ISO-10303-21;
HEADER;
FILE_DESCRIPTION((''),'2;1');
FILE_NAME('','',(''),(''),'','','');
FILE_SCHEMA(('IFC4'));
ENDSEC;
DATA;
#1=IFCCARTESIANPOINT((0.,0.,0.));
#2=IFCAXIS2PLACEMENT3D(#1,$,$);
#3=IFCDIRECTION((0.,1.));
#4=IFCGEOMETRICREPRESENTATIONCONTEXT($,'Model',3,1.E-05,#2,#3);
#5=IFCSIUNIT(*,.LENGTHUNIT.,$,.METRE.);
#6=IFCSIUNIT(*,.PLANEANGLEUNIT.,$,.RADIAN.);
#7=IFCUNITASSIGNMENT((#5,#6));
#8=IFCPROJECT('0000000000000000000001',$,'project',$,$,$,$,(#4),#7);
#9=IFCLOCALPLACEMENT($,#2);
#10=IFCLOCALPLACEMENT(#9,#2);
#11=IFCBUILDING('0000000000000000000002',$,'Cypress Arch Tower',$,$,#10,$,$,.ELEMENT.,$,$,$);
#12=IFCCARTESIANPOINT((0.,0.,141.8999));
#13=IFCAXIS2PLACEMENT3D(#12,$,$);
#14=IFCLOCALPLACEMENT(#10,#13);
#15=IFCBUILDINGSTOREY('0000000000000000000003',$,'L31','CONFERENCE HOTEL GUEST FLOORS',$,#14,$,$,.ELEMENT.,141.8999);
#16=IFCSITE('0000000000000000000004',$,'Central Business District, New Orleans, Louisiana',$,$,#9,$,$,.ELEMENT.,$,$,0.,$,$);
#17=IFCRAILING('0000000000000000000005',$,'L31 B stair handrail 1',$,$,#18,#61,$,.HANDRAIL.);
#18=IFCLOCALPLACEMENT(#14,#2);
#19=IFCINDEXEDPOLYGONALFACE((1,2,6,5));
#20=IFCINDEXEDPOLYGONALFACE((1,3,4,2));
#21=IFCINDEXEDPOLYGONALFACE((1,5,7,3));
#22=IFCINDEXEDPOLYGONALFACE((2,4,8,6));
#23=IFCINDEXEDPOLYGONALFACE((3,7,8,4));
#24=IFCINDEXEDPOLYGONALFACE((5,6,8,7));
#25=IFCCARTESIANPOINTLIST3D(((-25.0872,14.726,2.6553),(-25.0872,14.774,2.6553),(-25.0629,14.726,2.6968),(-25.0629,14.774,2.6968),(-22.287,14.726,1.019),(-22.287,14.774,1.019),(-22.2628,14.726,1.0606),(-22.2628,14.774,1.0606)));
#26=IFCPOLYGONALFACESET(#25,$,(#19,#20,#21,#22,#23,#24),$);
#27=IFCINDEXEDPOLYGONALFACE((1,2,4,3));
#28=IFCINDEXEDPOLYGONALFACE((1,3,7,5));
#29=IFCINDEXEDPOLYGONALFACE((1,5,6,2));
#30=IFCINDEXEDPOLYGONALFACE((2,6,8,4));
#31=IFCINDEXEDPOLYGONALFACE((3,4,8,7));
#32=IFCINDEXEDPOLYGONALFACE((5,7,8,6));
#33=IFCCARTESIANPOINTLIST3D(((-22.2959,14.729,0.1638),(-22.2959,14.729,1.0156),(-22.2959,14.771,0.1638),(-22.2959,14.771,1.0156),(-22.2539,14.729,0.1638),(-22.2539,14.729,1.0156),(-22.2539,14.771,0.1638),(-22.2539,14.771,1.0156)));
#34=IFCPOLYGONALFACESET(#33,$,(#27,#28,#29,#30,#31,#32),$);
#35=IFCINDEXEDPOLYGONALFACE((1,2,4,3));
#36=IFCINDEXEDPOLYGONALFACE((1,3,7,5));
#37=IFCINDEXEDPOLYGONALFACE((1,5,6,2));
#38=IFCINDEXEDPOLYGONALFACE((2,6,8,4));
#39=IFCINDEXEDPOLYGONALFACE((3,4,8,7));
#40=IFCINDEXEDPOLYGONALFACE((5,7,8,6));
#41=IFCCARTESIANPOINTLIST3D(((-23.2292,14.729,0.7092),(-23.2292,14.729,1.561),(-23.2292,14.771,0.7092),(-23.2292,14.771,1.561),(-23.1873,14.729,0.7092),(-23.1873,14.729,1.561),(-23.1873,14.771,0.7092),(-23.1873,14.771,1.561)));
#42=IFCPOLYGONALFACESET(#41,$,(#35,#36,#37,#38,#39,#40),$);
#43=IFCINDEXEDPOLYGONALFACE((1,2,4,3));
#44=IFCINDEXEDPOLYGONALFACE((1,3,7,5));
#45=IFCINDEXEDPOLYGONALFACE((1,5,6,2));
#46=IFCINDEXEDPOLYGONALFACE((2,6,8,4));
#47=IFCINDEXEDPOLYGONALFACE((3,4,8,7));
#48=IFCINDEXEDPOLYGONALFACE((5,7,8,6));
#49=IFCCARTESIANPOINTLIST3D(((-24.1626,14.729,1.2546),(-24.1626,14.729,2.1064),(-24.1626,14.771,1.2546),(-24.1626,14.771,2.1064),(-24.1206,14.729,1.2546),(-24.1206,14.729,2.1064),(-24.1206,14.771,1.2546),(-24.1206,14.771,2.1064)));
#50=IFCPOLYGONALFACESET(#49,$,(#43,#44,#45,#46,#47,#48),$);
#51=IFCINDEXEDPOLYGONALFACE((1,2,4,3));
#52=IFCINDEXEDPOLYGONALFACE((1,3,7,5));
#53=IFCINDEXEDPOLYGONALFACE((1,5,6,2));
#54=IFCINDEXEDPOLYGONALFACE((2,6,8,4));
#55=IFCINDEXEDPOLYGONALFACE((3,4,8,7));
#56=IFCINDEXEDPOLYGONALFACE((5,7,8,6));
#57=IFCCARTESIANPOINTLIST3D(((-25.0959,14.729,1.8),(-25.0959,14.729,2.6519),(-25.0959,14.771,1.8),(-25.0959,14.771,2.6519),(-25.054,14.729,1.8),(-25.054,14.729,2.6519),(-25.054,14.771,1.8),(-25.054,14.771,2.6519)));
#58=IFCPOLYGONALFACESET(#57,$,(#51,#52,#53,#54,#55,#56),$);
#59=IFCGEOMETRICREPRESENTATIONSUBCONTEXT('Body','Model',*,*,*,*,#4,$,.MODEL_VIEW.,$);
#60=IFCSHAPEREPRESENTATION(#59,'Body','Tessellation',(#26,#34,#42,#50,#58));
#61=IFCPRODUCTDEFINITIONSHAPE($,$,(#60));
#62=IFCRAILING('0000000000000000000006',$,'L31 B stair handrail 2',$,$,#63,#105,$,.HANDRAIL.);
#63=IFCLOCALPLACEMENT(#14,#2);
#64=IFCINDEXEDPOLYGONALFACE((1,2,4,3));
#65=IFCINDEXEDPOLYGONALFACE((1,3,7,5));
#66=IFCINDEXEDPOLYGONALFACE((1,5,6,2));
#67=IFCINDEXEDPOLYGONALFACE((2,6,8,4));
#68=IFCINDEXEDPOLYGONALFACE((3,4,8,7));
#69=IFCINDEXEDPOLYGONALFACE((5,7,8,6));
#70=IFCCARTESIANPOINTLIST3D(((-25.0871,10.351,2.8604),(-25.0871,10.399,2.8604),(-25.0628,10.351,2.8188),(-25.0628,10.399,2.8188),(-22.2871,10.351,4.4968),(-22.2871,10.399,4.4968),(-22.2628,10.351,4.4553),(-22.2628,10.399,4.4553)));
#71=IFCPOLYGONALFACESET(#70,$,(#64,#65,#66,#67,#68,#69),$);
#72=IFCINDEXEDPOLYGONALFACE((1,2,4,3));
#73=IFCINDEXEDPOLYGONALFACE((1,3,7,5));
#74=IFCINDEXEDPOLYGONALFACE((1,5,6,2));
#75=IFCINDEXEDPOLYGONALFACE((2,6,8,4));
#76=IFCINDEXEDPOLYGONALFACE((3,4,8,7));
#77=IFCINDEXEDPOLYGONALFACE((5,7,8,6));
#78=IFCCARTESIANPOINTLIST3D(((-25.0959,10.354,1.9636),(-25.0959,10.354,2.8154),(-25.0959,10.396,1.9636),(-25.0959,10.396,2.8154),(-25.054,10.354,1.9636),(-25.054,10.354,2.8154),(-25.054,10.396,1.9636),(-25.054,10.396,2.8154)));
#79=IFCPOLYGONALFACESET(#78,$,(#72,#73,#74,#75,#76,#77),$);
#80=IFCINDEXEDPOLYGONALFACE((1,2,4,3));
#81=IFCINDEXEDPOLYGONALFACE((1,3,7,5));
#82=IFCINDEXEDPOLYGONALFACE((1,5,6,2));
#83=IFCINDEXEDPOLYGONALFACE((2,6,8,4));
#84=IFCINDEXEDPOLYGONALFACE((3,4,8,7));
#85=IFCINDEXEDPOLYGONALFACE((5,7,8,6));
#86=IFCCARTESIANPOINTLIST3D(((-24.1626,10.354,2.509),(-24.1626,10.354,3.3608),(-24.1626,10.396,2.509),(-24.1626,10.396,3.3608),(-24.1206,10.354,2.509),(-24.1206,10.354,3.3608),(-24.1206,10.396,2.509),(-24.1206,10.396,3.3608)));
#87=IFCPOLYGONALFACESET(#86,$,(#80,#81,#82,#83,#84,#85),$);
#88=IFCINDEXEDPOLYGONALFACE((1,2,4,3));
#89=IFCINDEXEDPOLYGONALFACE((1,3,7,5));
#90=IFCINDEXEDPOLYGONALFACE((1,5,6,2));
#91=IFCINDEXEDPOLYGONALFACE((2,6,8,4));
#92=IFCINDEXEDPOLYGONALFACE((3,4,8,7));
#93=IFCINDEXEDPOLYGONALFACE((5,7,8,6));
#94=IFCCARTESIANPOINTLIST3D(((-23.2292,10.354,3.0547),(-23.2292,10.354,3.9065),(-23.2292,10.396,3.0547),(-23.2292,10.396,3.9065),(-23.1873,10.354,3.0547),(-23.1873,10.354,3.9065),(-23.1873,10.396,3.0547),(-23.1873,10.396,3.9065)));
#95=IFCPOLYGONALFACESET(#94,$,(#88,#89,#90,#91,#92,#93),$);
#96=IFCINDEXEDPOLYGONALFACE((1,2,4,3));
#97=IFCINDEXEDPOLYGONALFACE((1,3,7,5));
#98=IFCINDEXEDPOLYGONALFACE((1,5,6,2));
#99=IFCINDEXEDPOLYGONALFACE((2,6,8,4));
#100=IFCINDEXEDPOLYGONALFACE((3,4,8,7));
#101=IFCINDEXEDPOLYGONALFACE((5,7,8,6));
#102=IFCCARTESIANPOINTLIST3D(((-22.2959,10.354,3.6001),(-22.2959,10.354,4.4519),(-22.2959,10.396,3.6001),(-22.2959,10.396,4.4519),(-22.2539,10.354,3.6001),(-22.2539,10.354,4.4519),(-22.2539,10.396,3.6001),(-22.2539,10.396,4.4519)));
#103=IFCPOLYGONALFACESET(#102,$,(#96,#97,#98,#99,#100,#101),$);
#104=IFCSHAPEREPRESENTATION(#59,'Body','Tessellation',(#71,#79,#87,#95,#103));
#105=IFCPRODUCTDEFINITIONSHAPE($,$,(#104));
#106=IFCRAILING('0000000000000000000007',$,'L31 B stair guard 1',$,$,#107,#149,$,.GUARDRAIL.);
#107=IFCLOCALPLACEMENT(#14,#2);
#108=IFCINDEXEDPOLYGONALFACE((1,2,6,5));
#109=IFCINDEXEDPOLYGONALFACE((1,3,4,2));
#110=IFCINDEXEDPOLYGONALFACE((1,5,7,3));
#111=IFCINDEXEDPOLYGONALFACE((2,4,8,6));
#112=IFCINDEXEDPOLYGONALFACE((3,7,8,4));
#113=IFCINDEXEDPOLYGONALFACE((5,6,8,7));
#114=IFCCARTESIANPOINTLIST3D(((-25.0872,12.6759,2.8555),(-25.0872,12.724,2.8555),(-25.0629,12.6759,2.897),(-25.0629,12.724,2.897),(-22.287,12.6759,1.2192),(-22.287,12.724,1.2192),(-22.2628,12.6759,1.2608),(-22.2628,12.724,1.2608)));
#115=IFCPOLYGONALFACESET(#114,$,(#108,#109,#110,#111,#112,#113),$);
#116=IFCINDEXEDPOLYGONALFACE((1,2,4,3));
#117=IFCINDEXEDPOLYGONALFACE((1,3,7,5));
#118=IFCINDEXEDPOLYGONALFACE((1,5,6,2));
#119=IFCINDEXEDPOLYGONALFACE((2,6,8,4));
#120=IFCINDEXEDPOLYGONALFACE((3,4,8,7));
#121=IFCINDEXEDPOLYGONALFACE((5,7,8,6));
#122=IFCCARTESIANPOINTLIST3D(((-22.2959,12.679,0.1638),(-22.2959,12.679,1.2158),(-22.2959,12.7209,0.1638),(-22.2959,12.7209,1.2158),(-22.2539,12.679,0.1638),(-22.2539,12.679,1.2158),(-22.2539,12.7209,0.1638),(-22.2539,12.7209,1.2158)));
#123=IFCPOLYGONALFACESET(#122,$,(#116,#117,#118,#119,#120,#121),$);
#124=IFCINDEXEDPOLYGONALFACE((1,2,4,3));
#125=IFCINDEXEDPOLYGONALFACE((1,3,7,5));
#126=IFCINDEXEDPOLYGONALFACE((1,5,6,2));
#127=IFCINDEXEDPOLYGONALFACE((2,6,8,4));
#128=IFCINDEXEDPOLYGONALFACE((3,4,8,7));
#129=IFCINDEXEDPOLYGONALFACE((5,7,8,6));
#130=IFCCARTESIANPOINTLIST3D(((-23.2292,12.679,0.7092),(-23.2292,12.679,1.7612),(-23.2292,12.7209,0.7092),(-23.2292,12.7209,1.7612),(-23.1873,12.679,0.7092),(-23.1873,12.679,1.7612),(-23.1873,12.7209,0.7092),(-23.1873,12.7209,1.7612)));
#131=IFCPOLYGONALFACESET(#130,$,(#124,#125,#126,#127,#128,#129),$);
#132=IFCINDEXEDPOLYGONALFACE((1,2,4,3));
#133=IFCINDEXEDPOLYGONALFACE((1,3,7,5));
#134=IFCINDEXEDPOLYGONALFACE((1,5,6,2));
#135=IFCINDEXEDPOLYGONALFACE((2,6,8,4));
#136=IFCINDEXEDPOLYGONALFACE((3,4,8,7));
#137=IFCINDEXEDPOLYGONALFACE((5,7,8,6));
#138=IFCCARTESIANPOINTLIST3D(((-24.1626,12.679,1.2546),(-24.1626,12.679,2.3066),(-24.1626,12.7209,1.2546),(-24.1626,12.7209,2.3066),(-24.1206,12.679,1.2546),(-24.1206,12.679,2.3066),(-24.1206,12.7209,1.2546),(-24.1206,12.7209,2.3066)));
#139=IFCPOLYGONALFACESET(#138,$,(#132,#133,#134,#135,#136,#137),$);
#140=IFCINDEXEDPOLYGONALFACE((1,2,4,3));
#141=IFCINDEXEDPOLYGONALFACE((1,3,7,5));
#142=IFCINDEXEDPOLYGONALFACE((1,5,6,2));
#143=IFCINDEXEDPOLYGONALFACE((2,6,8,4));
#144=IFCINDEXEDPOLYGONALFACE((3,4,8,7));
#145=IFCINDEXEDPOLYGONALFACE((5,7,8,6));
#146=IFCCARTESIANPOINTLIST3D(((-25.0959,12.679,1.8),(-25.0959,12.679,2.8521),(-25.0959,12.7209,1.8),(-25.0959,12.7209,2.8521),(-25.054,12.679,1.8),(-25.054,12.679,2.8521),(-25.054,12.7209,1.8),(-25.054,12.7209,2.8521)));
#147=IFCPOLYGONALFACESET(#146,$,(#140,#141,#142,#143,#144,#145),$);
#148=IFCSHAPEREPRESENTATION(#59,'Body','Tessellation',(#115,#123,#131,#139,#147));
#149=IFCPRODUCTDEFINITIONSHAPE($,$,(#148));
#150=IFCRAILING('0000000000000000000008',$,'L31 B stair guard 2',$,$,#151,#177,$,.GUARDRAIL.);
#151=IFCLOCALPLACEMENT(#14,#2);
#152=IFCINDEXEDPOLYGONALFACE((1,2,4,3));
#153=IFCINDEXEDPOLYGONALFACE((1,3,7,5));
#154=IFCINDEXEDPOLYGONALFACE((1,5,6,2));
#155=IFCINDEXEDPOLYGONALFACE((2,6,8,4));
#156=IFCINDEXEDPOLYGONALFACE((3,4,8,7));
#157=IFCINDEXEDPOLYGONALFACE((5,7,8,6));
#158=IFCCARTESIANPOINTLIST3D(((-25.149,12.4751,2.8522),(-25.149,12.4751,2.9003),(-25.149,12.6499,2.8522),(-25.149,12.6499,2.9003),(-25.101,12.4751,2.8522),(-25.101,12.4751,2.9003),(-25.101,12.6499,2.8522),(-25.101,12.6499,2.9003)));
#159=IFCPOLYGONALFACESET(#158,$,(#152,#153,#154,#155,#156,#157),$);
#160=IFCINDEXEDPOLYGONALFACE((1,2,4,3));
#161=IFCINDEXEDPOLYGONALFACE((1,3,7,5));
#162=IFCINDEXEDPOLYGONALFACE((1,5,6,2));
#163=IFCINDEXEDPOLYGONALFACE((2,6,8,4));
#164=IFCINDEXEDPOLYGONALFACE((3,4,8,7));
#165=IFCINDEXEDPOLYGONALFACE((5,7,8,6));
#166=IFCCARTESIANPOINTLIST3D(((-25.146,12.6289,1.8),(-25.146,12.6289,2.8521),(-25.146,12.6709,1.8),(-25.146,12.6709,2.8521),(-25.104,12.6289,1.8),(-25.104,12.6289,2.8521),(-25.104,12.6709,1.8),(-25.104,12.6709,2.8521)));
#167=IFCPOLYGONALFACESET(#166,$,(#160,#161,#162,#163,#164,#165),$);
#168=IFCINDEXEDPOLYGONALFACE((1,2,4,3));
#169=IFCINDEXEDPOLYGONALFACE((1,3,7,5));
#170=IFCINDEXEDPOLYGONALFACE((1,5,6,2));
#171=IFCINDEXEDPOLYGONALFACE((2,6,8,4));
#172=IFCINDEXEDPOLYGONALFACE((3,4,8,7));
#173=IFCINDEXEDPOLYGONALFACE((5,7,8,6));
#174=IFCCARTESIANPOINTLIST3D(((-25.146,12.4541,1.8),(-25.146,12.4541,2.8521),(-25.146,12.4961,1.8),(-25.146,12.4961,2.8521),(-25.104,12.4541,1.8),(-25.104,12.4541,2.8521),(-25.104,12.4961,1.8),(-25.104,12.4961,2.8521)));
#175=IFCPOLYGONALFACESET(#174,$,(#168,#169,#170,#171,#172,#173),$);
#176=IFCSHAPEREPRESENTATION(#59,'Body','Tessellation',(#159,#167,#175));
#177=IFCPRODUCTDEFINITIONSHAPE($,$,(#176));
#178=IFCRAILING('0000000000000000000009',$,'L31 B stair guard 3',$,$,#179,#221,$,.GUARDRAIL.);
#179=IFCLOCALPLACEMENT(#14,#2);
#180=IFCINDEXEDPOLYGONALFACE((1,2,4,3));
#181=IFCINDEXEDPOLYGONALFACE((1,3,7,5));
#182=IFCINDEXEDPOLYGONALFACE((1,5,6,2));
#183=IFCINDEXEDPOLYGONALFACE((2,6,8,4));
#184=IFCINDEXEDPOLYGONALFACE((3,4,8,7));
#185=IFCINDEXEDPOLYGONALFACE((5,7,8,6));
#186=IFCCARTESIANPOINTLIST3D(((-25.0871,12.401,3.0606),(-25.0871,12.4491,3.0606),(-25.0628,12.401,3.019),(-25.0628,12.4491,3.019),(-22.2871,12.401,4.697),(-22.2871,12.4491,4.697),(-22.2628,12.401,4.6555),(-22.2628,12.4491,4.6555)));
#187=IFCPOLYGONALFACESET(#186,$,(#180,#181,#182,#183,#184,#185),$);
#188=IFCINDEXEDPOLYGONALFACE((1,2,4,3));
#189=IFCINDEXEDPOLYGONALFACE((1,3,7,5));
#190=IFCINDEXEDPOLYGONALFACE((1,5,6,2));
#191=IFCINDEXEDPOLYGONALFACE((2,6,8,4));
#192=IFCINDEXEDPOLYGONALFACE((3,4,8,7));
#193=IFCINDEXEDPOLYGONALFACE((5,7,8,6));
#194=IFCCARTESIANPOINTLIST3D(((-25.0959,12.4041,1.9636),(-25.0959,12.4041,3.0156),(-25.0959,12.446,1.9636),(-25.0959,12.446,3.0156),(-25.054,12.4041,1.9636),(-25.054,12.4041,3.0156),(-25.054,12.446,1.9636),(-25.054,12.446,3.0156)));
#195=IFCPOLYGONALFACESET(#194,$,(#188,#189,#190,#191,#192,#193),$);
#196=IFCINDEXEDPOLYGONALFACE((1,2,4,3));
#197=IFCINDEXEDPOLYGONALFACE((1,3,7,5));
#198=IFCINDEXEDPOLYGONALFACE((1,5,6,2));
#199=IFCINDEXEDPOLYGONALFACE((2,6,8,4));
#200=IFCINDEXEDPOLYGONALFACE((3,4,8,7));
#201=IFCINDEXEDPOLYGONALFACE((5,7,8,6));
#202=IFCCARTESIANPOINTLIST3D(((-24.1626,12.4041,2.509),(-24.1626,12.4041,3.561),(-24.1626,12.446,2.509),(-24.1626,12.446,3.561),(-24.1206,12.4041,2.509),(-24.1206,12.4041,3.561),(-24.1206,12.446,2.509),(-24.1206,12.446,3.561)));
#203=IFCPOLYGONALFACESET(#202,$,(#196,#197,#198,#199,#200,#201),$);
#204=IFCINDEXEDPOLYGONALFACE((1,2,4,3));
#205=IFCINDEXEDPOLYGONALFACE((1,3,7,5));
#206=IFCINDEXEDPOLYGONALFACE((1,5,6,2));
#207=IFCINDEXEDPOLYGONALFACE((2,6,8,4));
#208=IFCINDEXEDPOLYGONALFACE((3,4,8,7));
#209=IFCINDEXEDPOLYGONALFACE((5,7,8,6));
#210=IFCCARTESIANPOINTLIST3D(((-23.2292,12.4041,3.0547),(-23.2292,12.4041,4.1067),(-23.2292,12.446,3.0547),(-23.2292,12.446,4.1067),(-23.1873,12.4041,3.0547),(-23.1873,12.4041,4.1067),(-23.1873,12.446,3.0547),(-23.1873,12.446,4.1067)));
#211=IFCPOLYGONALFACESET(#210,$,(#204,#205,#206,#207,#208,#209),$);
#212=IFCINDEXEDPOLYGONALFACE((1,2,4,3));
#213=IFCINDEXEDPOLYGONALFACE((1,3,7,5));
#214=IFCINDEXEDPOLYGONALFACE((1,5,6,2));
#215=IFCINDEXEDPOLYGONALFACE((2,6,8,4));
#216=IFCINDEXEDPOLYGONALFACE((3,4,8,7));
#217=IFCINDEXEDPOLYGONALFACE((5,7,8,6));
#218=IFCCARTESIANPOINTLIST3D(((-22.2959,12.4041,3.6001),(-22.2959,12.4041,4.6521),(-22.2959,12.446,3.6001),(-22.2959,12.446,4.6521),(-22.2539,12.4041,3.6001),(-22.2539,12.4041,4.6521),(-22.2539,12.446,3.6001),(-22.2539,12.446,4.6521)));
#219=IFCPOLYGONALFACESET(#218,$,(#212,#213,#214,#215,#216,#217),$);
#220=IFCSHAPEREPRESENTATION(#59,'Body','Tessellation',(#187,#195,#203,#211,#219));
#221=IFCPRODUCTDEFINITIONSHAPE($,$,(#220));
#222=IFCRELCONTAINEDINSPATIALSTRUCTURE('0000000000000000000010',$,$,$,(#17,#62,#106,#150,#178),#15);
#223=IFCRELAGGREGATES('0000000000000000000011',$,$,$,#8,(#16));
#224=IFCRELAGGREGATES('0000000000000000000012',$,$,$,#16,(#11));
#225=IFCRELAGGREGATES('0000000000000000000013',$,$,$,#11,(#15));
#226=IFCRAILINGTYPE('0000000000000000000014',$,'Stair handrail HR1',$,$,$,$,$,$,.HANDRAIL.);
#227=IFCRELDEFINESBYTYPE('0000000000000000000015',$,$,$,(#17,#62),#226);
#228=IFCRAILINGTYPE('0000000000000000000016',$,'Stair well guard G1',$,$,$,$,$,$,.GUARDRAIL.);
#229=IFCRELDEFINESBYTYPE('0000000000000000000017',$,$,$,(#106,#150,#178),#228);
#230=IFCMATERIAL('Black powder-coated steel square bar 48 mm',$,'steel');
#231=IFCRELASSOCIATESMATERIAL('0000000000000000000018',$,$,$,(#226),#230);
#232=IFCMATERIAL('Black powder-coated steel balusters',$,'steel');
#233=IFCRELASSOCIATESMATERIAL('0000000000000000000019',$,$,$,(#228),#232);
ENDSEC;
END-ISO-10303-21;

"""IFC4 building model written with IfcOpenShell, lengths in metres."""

from ifc_helpers import new_model, si_unit, direction, frame, origin, origin_2d, place, context, subcontext, project, spatial, rectangle, extrude, material, type_object, element, save


model = new_model("IFC4")

# Units and contexts
model_context = context("Model", 3, precision=1e-05, world=origin(), true_north=direction((0.0, 1.0)))
body_context = subcontext(model_context, "Body", "Model", "MODEL_VIEW")
ifc_project = project(units=[si_unit("LENGTHUNIT", "METRE"), si_unit("PLANEANGLEUNIT", "RADIAN")], contexts=[model_context])

# Site, building, storey
site_placement = place(None, origin())
site = spatial("IfcSite", under=ifc_project, at=site_placement, Name="Central Business District, New Orleans, Louisiana", CompositionType="ELEMENT", RefElevation=0.0)
building_placement = place(site_placement, origin())
building = spatial("IfcBuilding", under=site, at=building_placement, Name="Cypress Arch Tower", CompositionType="ELEMENT")
storey_placement = place(building_placement, frame((0.0, 0.0, 141.8999)))
storey = spatial("IfcBuildingStorey", under=building, at=storey_placement, Name="L31", Description="CONFERENCE HOTEL GUEST FLOORS", CompositionType="ELEMENT", Elevation=141.8999)

# Railings
ifc_material_1 = material(Name="Black powder-coated steel square bar 48 mm", Category="steel")
railing_type_1 = type_object("IfcRailingType", Name="Stair handrail HR1", PredefinedType="HANDRAIL", material=ifc_material_1)
railing_1_placement = place(storey_placement, frame((-22.2749, 14.75, 0.1638)))
element("IfcRailing", 1, at=railing_1_placement, inside=storey, type_object=railing_type_1, Name="L31 B stair handrail 1", PredefinedType="HANDRAIL", context=body_context, shape_type="SweptSolid", body=[
    extrude(rectangle(XDim=0.0481, YDim=0.0481, at=origin_2d()), frame((0.0, 0.0, 0.876), z_axis=(-0.863394, 0.0, 0.504531), x_axis=(0.0, -1.0, 0.0)), (0.0, 0.0, 1.0), 3.2432),
    extrude(rectangle(XDim=0.042, YDim=0.042, at=origin_2d()), origin(), (0.0, 0.0, 1.0), 0.8518),
    extrude(rectangle(XDim=0.042, YDim=0.042, at=origin_2d()), frame((-0.9333, 0.0, 0.5454)), (0.0, 0.0, 1.0), 0.8518),
    extrude(rectangle(XDim=0.042, YDim=0.042, at=origin_2d()), frame((-1.8667, 0.0, 1.0908)), (0.0, 0.0, 1.0), 0.8518),
    extrude(rectangle(XDim=0.042, YDim=0.042, at=origin_2d()), frame((-2.8, 0.0, 1.6362)), (0.0, 0.0, 1.0), 0.8518),
])
railing_2_placement = place(storey_placement, frame((-25.075, 10.375, 1.9636)))
element("IfcRailing", 2, at=railing_2_placement, inside=storey, type_object=railing_type_1, Name="L31 B stair handrail 2", PredefinedType="HANDRAIL", context=body_context, shape_type="SweptSolid", body=[
    extrude(rectangle(XDim=0.0481, YDim=0.0481, at=origin_2d()), frame((0.0, 0.0, 0.876), z_axis=(0.863361, 0.0, 0.504587), x_axis=(0.0, 1.0, 0.0)), (0.0, 0.0, 1.0), 3.2432),
    extrude(rectangle(XDim=0.042, YDim=0.042, at=origin_2d()), origin(), (0.0, 0.0, 1.0), 0.8518),
    extrude(rectangle(XDim=0.042, YDim=0.042, at=origin_2d()), frame((0.9333, 0.0, 0.5454)), (0.0, 0.0, 1.0), 0.8518),
    extrude(rectangle(XDim=0.042, YDim=0.042, at=origin_2d()), frame((1.8667, 0.0, 1.0911)), (0.0, 0.0, 1.0), 0.8518),
    extrude(rectangle(XDim=0.042, YDim=0.042, at=origin_2d()), frame((2.8, 0.0, 1.6365)), (0.0, 0.0, 1.0), 0.8518),
])
ifc_material_2 = material(Name="Black powder-coated steel balusters", Category="steel")
railing_type_2 = type_object("IfcRailingType", Name="Stair well guard G1", PredefinedType="GUARDRAIL", material=ifc_material_2)
railing_3_placement = place(storey_placement, frame((-22.2749, 12.7, 0.1638)))
element("IfcRailing", 3, at=railing_3_placement, inside=storey, type_object=railing_type_2, Name="L31 B stair guard 1", PredefinedType="GUARDRAIL", context=body_context, shape_type="SweptSolid", body=[
    extrude(rectangle(XDim=0.0481, YDim=0.0481, at=origin_2d()), frame((0.0, 0.0, 1.0762), z_axis=(-0.863394, 0.0, 0.504531), x_axis=(0.0, -1.0, 0.0)), (0.0, 0.0, 1.0), 3.2432),
    extrude(rectangle(XDim=0.042, YDim=0.042, at=origin_2d()), origin(), (0.0, 0.0, 1.0), 1.052),
    extrude(rectangle(XDim=0.042, YDim=0.042, at=origin_2d()), frame((-0.9333, 0.0, 0.5454)), (0.0, 0.0, 1.0), 1.052),
    extrude(rectangle(XDim=0.042, YDim=0.042, at=origin_2d()), frame((-1.8667, 0.0, 1.0908)), (0.0, 0.0, 1.0), 1.052),
    extrude(rectangle(XDim=0.042, YDim=0.042, at=origin_2d()), frame((-2.8, 0.0, 1.6362)), (0.0, 0.0, 1.0), 1.052),
])
railing_4_placement = place(storey_placement, frame((-25.125, 12.6499, 1.8)))
element("IfcRailing", 4, at=railing_4_placement, inside=storey, type_object=railing_type_2, Name="L31 B stair guard 2", PredefinedType="GUARDRAIL", context=body_context, shape_type="SweptSolid", body=[
    extrude(rectangle(XDim=0.0481, YDim=0.0481, at=origin_2d()), frame((0.0, 0.0, 1.0762), z_axis=(0.0, -1.0, 0.0), x_axis=(1.0, 0.0, 0.0)), (0.0, 0.0, 1.0), 0.1748),
    extrude(rectangle(XDim=0.042, YDim=0.042, at=origin_2d()), origin(), (0.0, 0.0, 1.0), 1.052),
    extrude(rectangle(XDim=0.042, YDim=0.042, at=origin_2d()), frame((0.0, -0.1748, 0.0)), (0.0, 0.0, 1.0), 1.052),
])
railing_5_placement = place(storey_placement, frame((-25.075, 12.425, 1.9636)))
element("IfcRailing", 5, at=railing_5_placement, inside=storey, type_object=railing_type_2, Name="L31 B stair guard 3", PredefinedType="GUARDRAIL", context=body_context, shape_type="SweptSolid", body=[
    extrude(rectangle(XDim=0.0481, YDim=0.0481, at=origin_2d()), frame((0.0, 0.0, 1.0762), z_axis=(0.863361, 0.0, 0.504587), x_axis=(0.0, 1.0, 0.0)), (0.0, 0.0, 1.0), 3.2432),
    extrude(rectangle(XDim=0.042, YDim=0.042, at=origin_2d()), origin(), (0.0, 0.0, 1.0), 1.052),
    extrude(rectangle(XDim=0.042, YDim=0.042, at=origin_2d()), frame((0.9333, 0.0, 0.5454)), (0.0, 0.0, 1.0), 1.052),
    extrude(rectangle(XDim=0.042, YDim=0.042, at=origin_2d()), frame((1.8667, 0.0, 1.0911)), (0.0, 0.0, 1.0), 1.052),
    extrude(rectangle(XDim=0.042, YDim=0.042, at=origin_2d()), frame((2.8, 0.0, 1.6365)), (0.0, 0.0, 1.0), 1.052),
])

save(model, "model.ifc")
